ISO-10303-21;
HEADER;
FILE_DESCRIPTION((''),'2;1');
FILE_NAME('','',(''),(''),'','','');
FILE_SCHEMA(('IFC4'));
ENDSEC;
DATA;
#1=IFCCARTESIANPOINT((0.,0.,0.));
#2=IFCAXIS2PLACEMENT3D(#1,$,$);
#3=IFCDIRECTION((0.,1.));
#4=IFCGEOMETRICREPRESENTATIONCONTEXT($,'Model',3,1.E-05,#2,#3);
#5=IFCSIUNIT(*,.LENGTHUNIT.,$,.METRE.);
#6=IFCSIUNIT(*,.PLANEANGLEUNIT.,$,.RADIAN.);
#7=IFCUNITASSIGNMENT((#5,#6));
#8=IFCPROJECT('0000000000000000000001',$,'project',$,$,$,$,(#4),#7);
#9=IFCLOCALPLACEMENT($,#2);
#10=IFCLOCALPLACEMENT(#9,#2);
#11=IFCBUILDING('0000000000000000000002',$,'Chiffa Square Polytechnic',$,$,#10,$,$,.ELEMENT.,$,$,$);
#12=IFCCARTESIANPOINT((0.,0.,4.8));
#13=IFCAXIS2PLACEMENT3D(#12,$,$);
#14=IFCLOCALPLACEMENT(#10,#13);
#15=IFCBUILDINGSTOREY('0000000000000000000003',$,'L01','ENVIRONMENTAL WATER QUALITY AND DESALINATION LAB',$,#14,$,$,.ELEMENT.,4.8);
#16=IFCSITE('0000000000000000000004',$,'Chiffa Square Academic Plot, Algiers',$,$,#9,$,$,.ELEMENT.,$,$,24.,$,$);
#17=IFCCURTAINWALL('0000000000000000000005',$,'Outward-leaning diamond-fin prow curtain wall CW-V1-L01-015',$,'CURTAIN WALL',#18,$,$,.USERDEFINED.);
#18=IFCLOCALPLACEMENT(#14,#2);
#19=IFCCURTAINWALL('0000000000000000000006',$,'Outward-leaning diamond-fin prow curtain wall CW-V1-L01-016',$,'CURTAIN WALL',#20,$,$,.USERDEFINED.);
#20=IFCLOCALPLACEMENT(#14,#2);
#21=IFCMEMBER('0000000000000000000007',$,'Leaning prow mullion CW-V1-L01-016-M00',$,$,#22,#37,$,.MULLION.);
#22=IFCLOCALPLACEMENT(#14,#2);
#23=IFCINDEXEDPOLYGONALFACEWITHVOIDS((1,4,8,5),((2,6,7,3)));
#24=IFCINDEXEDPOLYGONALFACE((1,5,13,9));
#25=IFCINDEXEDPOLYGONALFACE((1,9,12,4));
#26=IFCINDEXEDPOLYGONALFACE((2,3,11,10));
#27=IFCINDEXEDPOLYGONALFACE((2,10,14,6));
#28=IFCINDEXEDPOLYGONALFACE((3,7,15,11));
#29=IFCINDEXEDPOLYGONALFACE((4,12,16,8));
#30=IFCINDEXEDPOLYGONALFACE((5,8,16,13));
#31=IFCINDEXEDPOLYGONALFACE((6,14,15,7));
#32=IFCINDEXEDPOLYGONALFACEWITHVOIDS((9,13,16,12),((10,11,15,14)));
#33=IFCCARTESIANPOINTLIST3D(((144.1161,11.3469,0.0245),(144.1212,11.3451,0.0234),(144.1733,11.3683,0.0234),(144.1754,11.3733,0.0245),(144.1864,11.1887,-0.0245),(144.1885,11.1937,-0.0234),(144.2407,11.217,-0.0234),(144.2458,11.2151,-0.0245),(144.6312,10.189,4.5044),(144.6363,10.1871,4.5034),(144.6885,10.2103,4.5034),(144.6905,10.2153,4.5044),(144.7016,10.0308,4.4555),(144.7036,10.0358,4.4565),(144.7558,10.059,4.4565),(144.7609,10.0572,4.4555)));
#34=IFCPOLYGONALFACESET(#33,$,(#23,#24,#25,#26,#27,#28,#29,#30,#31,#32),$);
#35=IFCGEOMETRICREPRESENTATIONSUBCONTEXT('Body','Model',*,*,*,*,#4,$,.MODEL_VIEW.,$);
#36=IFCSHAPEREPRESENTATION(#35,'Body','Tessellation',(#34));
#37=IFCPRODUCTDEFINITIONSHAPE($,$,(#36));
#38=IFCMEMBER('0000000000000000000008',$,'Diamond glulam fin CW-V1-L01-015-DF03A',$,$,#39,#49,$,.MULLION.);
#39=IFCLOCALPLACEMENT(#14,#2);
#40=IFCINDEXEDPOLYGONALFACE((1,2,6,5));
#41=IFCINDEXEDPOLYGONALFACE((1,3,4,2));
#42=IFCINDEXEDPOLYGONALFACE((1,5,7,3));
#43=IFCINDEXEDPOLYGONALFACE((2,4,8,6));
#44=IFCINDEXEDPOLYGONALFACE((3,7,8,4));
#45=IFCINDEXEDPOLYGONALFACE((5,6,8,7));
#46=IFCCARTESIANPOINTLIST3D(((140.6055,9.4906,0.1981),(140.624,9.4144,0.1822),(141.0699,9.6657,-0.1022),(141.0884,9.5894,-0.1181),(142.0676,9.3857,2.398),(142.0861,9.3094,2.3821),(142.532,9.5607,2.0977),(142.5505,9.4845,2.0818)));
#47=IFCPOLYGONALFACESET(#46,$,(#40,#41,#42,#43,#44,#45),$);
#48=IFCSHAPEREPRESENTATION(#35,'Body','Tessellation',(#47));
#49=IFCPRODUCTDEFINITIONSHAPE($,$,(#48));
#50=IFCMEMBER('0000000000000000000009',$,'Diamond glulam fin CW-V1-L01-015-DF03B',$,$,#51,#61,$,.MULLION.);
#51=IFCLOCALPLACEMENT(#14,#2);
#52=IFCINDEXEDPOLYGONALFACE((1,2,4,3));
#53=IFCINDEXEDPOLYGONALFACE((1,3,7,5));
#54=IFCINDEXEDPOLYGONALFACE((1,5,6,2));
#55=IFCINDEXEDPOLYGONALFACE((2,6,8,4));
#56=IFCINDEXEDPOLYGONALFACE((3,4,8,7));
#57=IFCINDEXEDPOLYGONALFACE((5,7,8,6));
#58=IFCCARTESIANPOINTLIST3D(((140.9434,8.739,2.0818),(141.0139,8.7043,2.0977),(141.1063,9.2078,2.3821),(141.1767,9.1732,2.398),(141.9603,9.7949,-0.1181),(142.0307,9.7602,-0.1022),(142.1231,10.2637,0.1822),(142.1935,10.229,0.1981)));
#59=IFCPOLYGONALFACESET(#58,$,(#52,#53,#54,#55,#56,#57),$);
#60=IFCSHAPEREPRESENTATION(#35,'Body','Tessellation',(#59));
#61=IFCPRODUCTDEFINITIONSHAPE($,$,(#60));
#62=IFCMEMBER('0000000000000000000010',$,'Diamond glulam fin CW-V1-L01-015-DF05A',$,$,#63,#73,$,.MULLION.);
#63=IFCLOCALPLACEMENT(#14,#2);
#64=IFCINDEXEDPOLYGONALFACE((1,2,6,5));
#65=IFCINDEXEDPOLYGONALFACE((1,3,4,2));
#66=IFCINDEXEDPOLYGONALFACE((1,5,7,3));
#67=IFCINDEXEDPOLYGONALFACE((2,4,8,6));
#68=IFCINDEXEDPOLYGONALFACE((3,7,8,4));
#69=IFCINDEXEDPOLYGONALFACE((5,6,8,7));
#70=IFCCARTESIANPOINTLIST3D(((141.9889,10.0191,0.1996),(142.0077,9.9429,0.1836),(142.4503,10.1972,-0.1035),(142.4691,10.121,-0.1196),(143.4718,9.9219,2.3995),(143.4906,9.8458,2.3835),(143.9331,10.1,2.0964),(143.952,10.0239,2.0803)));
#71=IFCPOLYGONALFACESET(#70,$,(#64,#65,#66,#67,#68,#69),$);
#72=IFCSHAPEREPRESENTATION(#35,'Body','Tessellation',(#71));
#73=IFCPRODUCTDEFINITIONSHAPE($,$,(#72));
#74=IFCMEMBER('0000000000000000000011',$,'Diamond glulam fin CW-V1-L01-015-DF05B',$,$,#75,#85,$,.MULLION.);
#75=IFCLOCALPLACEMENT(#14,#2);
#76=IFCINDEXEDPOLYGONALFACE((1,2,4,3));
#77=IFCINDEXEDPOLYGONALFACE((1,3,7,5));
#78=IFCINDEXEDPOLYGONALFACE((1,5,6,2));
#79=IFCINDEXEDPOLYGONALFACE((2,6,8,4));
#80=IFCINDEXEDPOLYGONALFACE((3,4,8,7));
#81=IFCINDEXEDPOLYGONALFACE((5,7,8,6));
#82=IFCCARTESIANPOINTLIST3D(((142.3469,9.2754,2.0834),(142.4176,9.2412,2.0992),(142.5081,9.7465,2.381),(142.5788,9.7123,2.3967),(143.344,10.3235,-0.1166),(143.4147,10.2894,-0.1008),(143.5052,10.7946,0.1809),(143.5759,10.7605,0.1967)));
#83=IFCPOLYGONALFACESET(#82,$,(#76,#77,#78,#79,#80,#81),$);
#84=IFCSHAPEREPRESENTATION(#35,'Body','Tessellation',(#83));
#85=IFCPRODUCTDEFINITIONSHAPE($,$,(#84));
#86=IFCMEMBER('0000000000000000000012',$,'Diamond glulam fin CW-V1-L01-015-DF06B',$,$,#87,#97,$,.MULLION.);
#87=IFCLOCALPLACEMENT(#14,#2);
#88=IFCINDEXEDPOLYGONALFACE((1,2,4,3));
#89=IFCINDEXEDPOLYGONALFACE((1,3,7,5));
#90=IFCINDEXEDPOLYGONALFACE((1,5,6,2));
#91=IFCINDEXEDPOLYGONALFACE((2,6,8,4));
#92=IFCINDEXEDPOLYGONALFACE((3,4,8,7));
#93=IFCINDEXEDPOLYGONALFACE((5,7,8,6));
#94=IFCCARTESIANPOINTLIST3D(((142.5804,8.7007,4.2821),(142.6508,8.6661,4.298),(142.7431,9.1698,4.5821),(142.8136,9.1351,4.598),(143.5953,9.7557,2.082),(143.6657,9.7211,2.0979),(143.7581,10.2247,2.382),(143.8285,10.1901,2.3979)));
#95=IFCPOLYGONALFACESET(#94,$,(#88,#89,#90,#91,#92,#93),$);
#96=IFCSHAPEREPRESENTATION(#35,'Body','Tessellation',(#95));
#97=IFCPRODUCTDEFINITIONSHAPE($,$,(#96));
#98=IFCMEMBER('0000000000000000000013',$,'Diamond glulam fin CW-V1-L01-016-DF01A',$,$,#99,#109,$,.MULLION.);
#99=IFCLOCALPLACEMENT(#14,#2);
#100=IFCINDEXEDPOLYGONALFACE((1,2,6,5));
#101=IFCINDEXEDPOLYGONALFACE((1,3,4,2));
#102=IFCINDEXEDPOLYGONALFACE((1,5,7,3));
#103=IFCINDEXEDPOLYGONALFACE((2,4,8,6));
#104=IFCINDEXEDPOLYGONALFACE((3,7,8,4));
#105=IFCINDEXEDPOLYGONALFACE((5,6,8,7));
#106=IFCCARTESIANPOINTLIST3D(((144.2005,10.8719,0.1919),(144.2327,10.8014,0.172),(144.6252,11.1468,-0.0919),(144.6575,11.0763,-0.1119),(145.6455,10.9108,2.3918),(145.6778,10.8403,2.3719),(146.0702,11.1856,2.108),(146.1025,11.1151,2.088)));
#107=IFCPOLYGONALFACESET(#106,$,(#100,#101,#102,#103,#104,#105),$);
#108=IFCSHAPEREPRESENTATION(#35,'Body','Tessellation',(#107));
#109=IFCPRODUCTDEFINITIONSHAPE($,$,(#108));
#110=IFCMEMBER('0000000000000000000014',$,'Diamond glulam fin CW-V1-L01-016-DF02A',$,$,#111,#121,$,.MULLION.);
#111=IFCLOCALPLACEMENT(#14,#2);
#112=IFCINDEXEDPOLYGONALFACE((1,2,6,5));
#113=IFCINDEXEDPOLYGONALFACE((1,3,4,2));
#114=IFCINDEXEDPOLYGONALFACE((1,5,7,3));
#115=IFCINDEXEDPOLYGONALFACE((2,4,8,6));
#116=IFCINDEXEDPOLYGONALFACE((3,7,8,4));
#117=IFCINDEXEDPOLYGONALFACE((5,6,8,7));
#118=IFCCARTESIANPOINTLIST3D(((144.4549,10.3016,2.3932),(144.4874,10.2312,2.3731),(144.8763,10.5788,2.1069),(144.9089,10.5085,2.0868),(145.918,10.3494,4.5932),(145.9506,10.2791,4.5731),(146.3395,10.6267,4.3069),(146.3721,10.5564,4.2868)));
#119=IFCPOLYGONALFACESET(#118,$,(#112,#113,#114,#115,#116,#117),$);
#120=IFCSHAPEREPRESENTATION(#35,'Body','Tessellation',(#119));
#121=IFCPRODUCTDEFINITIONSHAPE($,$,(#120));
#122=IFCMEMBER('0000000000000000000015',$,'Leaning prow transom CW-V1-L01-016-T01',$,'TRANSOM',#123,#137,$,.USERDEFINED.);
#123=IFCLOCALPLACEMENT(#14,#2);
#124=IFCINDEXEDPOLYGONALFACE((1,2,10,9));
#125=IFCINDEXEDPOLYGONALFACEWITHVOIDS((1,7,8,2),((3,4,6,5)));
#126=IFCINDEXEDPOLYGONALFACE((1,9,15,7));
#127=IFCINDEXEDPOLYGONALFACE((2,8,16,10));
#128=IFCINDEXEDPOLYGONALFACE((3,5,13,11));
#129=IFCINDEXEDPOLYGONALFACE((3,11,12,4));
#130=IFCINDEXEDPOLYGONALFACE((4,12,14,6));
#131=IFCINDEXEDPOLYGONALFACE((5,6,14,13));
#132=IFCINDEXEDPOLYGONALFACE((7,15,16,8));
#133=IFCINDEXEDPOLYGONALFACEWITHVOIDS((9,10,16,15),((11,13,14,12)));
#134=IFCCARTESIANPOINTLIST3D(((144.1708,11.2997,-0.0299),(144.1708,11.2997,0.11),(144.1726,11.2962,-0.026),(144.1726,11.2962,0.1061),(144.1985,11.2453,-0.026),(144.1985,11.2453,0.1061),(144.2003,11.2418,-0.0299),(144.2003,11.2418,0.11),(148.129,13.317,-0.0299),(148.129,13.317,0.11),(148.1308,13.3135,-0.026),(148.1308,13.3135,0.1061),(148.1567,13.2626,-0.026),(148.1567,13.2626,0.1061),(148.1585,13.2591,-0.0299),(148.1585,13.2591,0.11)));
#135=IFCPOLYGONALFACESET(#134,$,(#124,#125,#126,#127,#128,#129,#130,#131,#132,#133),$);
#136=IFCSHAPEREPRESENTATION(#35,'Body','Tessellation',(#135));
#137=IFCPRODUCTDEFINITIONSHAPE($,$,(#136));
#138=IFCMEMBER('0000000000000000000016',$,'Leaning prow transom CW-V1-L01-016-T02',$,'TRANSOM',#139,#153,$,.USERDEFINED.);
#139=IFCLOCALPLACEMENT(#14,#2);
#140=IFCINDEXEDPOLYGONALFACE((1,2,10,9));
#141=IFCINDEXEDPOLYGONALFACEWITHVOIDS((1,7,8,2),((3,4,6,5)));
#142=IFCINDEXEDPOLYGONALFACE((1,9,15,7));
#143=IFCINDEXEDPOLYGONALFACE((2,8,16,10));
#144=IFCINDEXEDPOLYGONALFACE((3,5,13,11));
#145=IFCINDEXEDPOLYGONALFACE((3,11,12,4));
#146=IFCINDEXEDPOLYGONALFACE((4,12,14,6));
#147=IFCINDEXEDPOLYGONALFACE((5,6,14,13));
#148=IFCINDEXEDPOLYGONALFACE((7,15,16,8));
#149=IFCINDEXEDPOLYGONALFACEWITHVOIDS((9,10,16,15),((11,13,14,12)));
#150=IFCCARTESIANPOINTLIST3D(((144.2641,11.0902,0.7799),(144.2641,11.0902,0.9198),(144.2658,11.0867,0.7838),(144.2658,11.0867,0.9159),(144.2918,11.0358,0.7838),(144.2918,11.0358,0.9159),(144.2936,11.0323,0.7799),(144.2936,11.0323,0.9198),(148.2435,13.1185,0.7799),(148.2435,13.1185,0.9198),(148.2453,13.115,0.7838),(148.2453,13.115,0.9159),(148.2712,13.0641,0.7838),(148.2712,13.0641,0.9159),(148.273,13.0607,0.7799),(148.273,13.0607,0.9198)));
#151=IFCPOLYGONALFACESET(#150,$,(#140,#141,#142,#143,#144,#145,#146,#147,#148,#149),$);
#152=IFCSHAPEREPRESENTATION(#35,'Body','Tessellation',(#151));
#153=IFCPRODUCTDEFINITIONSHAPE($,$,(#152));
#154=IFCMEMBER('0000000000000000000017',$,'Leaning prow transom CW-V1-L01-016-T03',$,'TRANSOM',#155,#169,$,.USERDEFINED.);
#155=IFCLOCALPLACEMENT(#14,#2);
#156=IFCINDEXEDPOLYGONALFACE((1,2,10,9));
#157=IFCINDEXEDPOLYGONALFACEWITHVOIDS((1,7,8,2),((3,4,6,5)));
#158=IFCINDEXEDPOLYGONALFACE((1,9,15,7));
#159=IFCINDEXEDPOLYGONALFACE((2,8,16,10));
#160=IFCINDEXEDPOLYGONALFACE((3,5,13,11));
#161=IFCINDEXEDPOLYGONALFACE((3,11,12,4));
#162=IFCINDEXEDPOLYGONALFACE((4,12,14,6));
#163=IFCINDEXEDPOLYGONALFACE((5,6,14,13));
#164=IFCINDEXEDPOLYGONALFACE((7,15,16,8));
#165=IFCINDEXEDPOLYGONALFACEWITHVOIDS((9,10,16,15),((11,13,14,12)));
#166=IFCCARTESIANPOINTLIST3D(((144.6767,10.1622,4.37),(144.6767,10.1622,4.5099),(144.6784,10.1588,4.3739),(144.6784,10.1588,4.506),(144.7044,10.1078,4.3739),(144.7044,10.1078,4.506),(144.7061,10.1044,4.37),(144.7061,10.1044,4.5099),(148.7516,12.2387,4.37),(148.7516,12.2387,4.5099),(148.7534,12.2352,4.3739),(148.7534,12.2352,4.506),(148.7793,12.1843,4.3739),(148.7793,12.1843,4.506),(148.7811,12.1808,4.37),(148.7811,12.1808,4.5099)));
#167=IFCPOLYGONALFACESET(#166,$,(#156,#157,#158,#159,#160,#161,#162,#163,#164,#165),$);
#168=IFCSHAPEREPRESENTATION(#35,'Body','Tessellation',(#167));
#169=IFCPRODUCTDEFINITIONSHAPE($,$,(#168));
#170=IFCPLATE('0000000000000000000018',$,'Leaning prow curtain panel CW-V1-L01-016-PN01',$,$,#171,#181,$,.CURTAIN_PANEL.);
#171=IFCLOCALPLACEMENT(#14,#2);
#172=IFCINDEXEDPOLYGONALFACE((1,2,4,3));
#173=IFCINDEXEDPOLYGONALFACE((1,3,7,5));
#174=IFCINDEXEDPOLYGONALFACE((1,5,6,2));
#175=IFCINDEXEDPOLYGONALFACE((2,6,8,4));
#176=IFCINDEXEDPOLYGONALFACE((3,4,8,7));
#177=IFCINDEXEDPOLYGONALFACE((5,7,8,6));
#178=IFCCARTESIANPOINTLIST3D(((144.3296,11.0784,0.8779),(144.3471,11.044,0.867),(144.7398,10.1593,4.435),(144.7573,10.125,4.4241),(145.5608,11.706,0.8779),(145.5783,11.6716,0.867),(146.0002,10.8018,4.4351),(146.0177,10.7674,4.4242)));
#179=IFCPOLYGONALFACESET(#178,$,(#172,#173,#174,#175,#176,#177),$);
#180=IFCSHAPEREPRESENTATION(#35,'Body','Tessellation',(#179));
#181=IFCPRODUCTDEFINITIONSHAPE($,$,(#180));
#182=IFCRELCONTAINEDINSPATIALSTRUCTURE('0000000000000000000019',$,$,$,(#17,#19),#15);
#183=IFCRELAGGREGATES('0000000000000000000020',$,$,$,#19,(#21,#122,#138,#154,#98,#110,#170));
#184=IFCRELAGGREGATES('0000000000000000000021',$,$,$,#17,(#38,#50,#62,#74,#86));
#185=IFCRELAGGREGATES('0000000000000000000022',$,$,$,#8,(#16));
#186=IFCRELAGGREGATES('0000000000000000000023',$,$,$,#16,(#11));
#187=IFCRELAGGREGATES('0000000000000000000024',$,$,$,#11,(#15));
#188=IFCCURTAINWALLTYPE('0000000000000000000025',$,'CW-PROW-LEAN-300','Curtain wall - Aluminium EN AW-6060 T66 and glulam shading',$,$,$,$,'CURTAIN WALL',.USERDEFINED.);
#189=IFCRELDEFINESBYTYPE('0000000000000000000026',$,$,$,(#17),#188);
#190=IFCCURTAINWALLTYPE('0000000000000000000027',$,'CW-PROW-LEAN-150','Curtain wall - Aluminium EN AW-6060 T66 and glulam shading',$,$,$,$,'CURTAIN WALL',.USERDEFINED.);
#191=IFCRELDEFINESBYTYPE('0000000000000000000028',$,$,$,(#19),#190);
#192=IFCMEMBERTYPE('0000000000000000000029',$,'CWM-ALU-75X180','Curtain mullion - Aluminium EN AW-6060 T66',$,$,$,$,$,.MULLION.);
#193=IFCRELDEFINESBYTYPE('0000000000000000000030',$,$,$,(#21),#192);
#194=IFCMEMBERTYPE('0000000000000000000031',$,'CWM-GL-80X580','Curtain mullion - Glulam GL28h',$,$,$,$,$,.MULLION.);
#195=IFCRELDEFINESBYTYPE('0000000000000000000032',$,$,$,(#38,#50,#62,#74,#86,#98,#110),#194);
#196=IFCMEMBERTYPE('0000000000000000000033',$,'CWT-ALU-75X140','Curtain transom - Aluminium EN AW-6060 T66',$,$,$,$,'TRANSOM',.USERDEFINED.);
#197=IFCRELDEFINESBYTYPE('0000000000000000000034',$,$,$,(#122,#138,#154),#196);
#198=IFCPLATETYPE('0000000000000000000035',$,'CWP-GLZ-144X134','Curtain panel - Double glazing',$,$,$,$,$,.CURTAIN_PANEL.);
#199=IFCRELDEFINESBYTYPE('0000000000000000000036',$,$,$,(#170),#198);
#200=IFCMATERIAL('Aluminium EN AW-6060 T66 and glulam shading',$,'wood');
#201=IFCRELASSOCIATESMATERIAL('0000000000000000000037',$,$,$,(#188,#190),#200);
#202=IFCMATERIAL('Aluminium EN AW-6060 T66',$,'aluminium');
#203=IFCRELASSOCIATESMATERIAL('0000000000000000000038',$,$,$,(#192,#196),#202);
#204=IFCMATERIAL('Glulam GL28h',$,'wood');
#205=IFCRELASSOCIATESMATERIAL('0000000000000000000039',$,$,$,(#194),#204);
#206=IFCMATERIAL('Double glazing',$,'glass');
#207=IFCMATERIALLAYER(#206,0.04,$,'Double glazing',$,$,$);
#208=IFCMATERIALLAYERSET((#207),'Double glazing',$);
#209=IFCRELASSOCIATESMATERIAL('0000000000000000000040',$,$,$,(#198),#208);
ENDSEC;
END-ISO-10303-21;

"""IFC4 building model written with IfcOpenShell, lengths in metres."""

from ifc_helpers import new_model, si_unit, direction, frame, origin, origin_2d, place, context, subcontext, project, spatial, polyline, rectangle, hollow_rectangle, outline, extrude, material, layer, layer_set, material_profile, profile_set, type_object, element, aggregate, save


model = new_model("IFC4")

# Units and contexts
model_context = context("Model", 3, precision=1e-05, world=origin(), true_north=direction((0.0, 1.0)))
body_context = subcontext(model_context, "Body", "Model", "MODEL_VIEW")
ifc_project = project(units=[si_unit("LENGTHUNIT", "METRE"), si_unit("PLANEANGLEUNIT", "RADIAN")], contexts=[model_context])

# Site, building, storey
site_placement = place(None, origin())
site = spatial("IfcSite", under=ifc_project, at=site_placement, Name="Chiffa Square Academic Plot, Algiers", CompositionType="ELEMENT", RefElevation=24.0)
building_placement = place(site_placement, origin())
building = spatial("IfcBuilding", under=site, at=building_placement, Name="Chiffa Square Polytechnic", CompositionType="ELEMENT")
storey_placement = place(building_placement, frame((0.0, 0.0, 4.8)))
storey = spatial("IfcBuildingStorey", under=building, at=storey_placement, Name="L01", Description="ENVIRONMENTAL WATER QUALITY AND DESALINATION LAB", CompositionType="ELEMENT", Elevation=4.8)

# Curtain wall
ifc_material_1 = material(Name="Aluminium EN AW-6060 T66 and glulam shading", Category="wood")
curtain_wall_type_1 = type_object("IfcCurtainWallType", Name="CW-PROW-LEAN-300", Description="Curtain wall - Aluminium EN AW-6060 T66 and glulam shading", ElementType="CURTAIN WALL", PredefinedType="USERDEFINED", material=ifc_material_1)
curtain_wall_1_placement = place(storey_placement, origin())
curtain_wall_1 = element("IfcCurtainWall", 1, at=curtain_wall_1_placement, inside=storey, type_object=curtain_wall_type_1, Name="Outward-leaning diamond-fin prow curtain wall CW-V1-L01-015", ObjectType="CURTAIN WALL", PredefinedType="USERDEFINED")
ifc_material_2 = material(Name="Aluminium EN AW-6060 T66", Category="aluminium")
ifc_material_profile_1 = material_profile(ifc_material_2, hollow_rectangle(XDim=0.0649, YDim=0.1799, WallThickness=0.0039, at=origin_2d()), Name="ALU 65x180x4")
ifc_profile_set_1 = profile_set([ifc_material_profile_1], Name="Aluminium EN AW-6060 T66")
member_type_1 = type_object("IfcMemberType", Name="CWM-ALU-75X180", Description="Curtain mullion - Aluminium EN AW-6060 T66", PredefinedType="MULLION", material=ifc_profile_set_1)

# Curtain wall, member
curtain_wall_type_2 = type_object("IfcCurtainWallType", Name="CW-PROW-LEAN-150", Description="Curtain wall - Aluminium EN AW-6060 T66 and glulam shading", ElementType="CURTAIN WALL", PredefinedType="USERDEFINED", material=ifc_material_1)
curtain_wall_2_placement = place(storey_placement, origin())
curtain_wall_2 = element("IfcCurtainWall", 2, at=curtain_wall_2_placement, inside=storey, type_object=curtain_wall_type_2, Name="Outward-leaning diamond-fin prow curtain wall CW-V1-L01-016", ObjectType="CURTAIN WALL", PredefinedType="USERDEFINED")
member_1_placement = place(storey_placement, frame((144.1809, 11.281, 0.0), z_axis=(0.110644, -0.248713, 0.962237), x_axis=(0.913669, 0.40646, 0.0)))
member_1 = element("IfcMember", 3, at=member_1_placement, type_object=member_type_1, Name="Leaning prow mullion CW-V1-L01-016-M00", PredefinedType="MULLION", context=body_context, shape_type="SweptSolid", body=[
    extrude(hollow_rectangle(XDim=0.0649, YDim=0.1799, WallThickness=0.0039, at=origin_2d()), origin(), (0.0, 0.0, 1.0), 4.6558),
])

# Members
ifc_material_3 = material(Name="Glulam GL28h", Category="wood")
ifc_material_profile_2 = material_profile(ifc_material_3, rectangle(XDim=0.0801, YDim=0.5801, at=origin_2d()), Name="GL28h 80x580")
ifc_profile_set_2 = profile_set([ifc_material_profile_2], Name="Glulam GL28h")
member_type_2 = type_object("IfcMemberType", Name="CWM-GL-80X580", Description="Curtain mullion - Glulam GL28h", PredefinedType="MULLION", material=ifc_profile_set_2)
member_2_placement = place(storey_placement, frame((140.8469, 9.54, 0.04), z_axis=(0.55309, -0.039711, 0.832175), x_axis=(-0.230602, 0.95254, 0.19872)))
member_2 = element("IfcMember", 4, at=member_2_placement, type_object=member_type_2, Name="Diamond glulam fin CW-V1-L01-015-DF03A", PredefinedType="MULLION", context=body_context, shape_type="SweptSolid", body=[
    extrude(rectangle(XDim=0.0801, YDim=0.5801, at=origin_2d()), origin(), (0.0, 0.0, 1.0), 2.6436),
])
member_3_placement = place(storey_placement, frame((142.0769, 10.012, 0.04), z_axis=(-0.384642, -0.399418, 0.832175), x_axis=(0.879328, -0.432772, 0.19872)))
member_3 = element("IfcMember", 5, at=member_3_placement, type_object=member_type_2, Name="Diamond glulam fin CW-V1-L01-015-DF03B", PredefinedType="MULLION", context=body_context, shape_type="SweptSolid", body=[
    extrude(rectangle(XDim=0.0801, YDim=0.5801, at=origin_2d()), origin(), (0.0, 0.0, 1.0), 2.6436),
])
member_4_placement = place(storey_placement, frame((142.229, 10.0701, 0.04), z_axis=(0.558566, -0.0366, 0.828652), x_axis=(-0.235285, 0.951, 0.200601)))
member_4 = element("IfcMember", 6, at=member_4_placement, type_object=member_type_2, Name="Diamond glulam fin CW-V1-L01-015-DF05A", PredefinedType="MULLION", context=body_context, shape_type="SweptSolid", body=[
    extrude(rectangle(XDim=0.0801, YDim=0.5801, at=origin_2d()), origin(), (0.0, 0.0, 1.0), 2.6548),
])
member_5_placement = place(storey_placement, frame((143.46, 10.542, 0.04), z_axis=(-0.378689, -0.398069, 0.835545), x_axis=(0.882785, -0.426525, 0.196895)))
member_5 = element("IfcMember", 7, at=member_5_placement, type_object=member_type_2, Name="Diamond glulam fin CW-V1-L01-015-DF05B", PredefinedType="MULLION", context=body_context, shape_type="SweptSolid", body=[
    extrude(rectangle(XDim=0.0801, YDim=0.5801, at=origin_2d()), origin(), (0.0, 0.0, 1.0), 2.6331),
])
member_6_placement = place(storey_placement, frame((143.7119, 9.9729, 2.24), z_axis=(-0.384069, -0.399221, 0.832534), x_axis=(0.879633, -0.432241, 0.198526)))
member_6 = element("IfcMember", 8, at=member_6_placement, type_object=member_type_2, Name="Diamond glulam fin CW-V1-L01-015-DF06B", PredefinedType="MULLION", context=body_context, shape_type="SweptSolid", body=[
    extrude(rectangle(XDim=0.0801, YDim=0.5801, at=origin_2d()), origin(), (0.0, 0.0, 1.0), 2.6426),
])
member_7_placement = place(storey_placement, frame((144.429, 10.9741, 0.04), z_axis=(0.548955, 0.014746, 0.835722), x_axis=(-0.403199, 0.880497, 0.24931)))
member_7 = element("IfcMember", 9, at=member_7_placement, type_object=member_type_2, Name="Diamond glulam fin CW-V1-L01-016-DF01A", PredefinedType="MULLION", context=body_context, shape_type="SweptSolid", body=[
    extrude(rectangle(XDim=0.0801, YDim=0.5801, at=origin_2d()), origin(), (0.0, 0.0, 1.0), 2.6323),
])
member_8_placement = place(storey_placement, frame((144.6819, 10.405, 2.24), z_axis=(0.553692, 0.018108, 0.832525), x_axis=(-0.406881, 0.878176, 0.251505)))
member_8 = element("IfcMember", 10, at=member_8_placement, type_object=member_type_2, Name="Diamond glulam fin CW-V1-L01-016-DF02A", PredefinedType="MULLION", context=body_context, shape_type="SweptSolid", body=[
    extrude(rectangle(XDim=0.0801, YDim=0.5801, at=origin_2d()), origin(), (0.0, 0.0, 1.0), 2.6426),
])
ifc_material_profile_3 = material_profile(ifc_material_2, hollow_rectangle(XDim=0.0649, YDim=0.1399, WallThickness=0.0039, at=origin_2d()), Name="ALU 65x140x4")
ifc_profile_set_3 = profile_set([ifc_material_profile_3], Name="Aluminium EN AW-6060 T66")
member_type_3 = type_object("IfcMemberType", Name="CWT-ALU-75X140", Description="Curtain transom - Aluminium EN AW-6060 T66", ElementType="TRANSOM", PredefinedType="USERDEFINED", material=ifc_profile_set_3)
member_9_placement = place(storey_placement, frame((144.1855, 11.2708, 0.04), z_axis=(0.890961, 0.454081, 0.0), x_axis=(-0.454081, 0.890961, 0.0)))
member_9 = element("IfcMember", 11, at=member_9_placement, type_object=member_type_3, Name="Leaning prow transom CW-V1-L01-016-T01", ObjectType="TRANSOM", PredefinedType="USERDEFINED", context=body_context, shape_type="SweptSolid", body=[
    extrude(hollow_rectangle(XDim=0.0649, YDim=0.1399, WallThickness=0.0039, at=origin_2d()), origin(), (0.0, 0.0, 1.0), 4.4426),
])
member_10_placement = place(storey_placement, frame((144.2788, 11.0613, 0.8499), z_axis=(0.890946, 0.454109, 0.0), x_axis=(-0.454109, 0.890946, 0.0)))
member_10 = element("IfcMember", 12, at=member_10_placement, type_object=member_type_3, Name="Leaning prow transom CW-V1-L01-016-T02", ObjectType="TRANSOM", PredefinedType="USERDEFINED", context=body_context, shape_type="SweptSolid", body=[
    extrude(hollow_rectangle(XDim=0.0649, YDim=0.1399, WallThickness=0.0039, at=origin_2d()), origin(), (0.0, 0.0, 1.0), 4.4666),
])
member_11_placement = place(storey_placement, frame((144.6914, 10.1333, 4.4399), z_axis=(0.890995, 0.454012, 0.0), x_axis=(-0.454012, 0.890995, 0.0)))
member_11 = element("IfcMember", 13, at=member_11_placement, type_object=member_type_3, Name="Leaning prow transom CW-V1-L01-016-T03", ObjectType="TRANSOM", PredefinedType="USERDEFINED", context=body_context, shape_type="SweptSolid", body=[
    extrude(hollow_rectangle(XDim=0.0649, YDim=0.1399, WallThickness=0.0039, at=origin_2d()), origin(), (0.0, 0.0, 1.0), 4.5735),
])

# Plate
ifc_material_4 = material(Name="Double glazing", Category="glass")
ifc_layer_1 = layer(ifc_material_4, 0.04, Name="Double glazing")
ifc_layer_set_1 = layer_set([ifc_layer_1], Name="Double glazing")
plate_type_1 = type_object("IfcPlateType", Name="CWP-GLZ-144X134", Description="Curtain panel - Double glazing", PredefinedType="CURTAIN_PANEL", material=ifc_layer_set_1)
plate_1_placement = place(storey_placement, frame((144.3296, 11.0784, 0.8779), z_axis=(-0.437003, 0.857374, 0.271916), x_axis=(0.89094, 0.45412, -0.000024)))
plate_1 = element("IfcPlate", 14, at=plate_1_placement, type_object=plate_type_1, Name="Leaning prow curtain panel CW-V1-L01-016-PN01", PredefinedType="CURTAIN_PANEL", context=body_context, shape_type="SweptSolid", body=[
    extrude(outline(polyline([(0.0, 0.0), (1.382, 0.0), (1.3628, -3.6964), (-0.052, -3.6964), (0.0, 0.0)])), origin(), (0.0, 0.0, -1.0), 0.04),
])
aggregate(curtain_wall_2, [member_1, member_9, member_10, member_11, member_7, member_8, plate_1])
aggregate(curtain_wall_1, [member_2, member_3, member_4, member_5, member_6])

save(model, "model.ifc")
